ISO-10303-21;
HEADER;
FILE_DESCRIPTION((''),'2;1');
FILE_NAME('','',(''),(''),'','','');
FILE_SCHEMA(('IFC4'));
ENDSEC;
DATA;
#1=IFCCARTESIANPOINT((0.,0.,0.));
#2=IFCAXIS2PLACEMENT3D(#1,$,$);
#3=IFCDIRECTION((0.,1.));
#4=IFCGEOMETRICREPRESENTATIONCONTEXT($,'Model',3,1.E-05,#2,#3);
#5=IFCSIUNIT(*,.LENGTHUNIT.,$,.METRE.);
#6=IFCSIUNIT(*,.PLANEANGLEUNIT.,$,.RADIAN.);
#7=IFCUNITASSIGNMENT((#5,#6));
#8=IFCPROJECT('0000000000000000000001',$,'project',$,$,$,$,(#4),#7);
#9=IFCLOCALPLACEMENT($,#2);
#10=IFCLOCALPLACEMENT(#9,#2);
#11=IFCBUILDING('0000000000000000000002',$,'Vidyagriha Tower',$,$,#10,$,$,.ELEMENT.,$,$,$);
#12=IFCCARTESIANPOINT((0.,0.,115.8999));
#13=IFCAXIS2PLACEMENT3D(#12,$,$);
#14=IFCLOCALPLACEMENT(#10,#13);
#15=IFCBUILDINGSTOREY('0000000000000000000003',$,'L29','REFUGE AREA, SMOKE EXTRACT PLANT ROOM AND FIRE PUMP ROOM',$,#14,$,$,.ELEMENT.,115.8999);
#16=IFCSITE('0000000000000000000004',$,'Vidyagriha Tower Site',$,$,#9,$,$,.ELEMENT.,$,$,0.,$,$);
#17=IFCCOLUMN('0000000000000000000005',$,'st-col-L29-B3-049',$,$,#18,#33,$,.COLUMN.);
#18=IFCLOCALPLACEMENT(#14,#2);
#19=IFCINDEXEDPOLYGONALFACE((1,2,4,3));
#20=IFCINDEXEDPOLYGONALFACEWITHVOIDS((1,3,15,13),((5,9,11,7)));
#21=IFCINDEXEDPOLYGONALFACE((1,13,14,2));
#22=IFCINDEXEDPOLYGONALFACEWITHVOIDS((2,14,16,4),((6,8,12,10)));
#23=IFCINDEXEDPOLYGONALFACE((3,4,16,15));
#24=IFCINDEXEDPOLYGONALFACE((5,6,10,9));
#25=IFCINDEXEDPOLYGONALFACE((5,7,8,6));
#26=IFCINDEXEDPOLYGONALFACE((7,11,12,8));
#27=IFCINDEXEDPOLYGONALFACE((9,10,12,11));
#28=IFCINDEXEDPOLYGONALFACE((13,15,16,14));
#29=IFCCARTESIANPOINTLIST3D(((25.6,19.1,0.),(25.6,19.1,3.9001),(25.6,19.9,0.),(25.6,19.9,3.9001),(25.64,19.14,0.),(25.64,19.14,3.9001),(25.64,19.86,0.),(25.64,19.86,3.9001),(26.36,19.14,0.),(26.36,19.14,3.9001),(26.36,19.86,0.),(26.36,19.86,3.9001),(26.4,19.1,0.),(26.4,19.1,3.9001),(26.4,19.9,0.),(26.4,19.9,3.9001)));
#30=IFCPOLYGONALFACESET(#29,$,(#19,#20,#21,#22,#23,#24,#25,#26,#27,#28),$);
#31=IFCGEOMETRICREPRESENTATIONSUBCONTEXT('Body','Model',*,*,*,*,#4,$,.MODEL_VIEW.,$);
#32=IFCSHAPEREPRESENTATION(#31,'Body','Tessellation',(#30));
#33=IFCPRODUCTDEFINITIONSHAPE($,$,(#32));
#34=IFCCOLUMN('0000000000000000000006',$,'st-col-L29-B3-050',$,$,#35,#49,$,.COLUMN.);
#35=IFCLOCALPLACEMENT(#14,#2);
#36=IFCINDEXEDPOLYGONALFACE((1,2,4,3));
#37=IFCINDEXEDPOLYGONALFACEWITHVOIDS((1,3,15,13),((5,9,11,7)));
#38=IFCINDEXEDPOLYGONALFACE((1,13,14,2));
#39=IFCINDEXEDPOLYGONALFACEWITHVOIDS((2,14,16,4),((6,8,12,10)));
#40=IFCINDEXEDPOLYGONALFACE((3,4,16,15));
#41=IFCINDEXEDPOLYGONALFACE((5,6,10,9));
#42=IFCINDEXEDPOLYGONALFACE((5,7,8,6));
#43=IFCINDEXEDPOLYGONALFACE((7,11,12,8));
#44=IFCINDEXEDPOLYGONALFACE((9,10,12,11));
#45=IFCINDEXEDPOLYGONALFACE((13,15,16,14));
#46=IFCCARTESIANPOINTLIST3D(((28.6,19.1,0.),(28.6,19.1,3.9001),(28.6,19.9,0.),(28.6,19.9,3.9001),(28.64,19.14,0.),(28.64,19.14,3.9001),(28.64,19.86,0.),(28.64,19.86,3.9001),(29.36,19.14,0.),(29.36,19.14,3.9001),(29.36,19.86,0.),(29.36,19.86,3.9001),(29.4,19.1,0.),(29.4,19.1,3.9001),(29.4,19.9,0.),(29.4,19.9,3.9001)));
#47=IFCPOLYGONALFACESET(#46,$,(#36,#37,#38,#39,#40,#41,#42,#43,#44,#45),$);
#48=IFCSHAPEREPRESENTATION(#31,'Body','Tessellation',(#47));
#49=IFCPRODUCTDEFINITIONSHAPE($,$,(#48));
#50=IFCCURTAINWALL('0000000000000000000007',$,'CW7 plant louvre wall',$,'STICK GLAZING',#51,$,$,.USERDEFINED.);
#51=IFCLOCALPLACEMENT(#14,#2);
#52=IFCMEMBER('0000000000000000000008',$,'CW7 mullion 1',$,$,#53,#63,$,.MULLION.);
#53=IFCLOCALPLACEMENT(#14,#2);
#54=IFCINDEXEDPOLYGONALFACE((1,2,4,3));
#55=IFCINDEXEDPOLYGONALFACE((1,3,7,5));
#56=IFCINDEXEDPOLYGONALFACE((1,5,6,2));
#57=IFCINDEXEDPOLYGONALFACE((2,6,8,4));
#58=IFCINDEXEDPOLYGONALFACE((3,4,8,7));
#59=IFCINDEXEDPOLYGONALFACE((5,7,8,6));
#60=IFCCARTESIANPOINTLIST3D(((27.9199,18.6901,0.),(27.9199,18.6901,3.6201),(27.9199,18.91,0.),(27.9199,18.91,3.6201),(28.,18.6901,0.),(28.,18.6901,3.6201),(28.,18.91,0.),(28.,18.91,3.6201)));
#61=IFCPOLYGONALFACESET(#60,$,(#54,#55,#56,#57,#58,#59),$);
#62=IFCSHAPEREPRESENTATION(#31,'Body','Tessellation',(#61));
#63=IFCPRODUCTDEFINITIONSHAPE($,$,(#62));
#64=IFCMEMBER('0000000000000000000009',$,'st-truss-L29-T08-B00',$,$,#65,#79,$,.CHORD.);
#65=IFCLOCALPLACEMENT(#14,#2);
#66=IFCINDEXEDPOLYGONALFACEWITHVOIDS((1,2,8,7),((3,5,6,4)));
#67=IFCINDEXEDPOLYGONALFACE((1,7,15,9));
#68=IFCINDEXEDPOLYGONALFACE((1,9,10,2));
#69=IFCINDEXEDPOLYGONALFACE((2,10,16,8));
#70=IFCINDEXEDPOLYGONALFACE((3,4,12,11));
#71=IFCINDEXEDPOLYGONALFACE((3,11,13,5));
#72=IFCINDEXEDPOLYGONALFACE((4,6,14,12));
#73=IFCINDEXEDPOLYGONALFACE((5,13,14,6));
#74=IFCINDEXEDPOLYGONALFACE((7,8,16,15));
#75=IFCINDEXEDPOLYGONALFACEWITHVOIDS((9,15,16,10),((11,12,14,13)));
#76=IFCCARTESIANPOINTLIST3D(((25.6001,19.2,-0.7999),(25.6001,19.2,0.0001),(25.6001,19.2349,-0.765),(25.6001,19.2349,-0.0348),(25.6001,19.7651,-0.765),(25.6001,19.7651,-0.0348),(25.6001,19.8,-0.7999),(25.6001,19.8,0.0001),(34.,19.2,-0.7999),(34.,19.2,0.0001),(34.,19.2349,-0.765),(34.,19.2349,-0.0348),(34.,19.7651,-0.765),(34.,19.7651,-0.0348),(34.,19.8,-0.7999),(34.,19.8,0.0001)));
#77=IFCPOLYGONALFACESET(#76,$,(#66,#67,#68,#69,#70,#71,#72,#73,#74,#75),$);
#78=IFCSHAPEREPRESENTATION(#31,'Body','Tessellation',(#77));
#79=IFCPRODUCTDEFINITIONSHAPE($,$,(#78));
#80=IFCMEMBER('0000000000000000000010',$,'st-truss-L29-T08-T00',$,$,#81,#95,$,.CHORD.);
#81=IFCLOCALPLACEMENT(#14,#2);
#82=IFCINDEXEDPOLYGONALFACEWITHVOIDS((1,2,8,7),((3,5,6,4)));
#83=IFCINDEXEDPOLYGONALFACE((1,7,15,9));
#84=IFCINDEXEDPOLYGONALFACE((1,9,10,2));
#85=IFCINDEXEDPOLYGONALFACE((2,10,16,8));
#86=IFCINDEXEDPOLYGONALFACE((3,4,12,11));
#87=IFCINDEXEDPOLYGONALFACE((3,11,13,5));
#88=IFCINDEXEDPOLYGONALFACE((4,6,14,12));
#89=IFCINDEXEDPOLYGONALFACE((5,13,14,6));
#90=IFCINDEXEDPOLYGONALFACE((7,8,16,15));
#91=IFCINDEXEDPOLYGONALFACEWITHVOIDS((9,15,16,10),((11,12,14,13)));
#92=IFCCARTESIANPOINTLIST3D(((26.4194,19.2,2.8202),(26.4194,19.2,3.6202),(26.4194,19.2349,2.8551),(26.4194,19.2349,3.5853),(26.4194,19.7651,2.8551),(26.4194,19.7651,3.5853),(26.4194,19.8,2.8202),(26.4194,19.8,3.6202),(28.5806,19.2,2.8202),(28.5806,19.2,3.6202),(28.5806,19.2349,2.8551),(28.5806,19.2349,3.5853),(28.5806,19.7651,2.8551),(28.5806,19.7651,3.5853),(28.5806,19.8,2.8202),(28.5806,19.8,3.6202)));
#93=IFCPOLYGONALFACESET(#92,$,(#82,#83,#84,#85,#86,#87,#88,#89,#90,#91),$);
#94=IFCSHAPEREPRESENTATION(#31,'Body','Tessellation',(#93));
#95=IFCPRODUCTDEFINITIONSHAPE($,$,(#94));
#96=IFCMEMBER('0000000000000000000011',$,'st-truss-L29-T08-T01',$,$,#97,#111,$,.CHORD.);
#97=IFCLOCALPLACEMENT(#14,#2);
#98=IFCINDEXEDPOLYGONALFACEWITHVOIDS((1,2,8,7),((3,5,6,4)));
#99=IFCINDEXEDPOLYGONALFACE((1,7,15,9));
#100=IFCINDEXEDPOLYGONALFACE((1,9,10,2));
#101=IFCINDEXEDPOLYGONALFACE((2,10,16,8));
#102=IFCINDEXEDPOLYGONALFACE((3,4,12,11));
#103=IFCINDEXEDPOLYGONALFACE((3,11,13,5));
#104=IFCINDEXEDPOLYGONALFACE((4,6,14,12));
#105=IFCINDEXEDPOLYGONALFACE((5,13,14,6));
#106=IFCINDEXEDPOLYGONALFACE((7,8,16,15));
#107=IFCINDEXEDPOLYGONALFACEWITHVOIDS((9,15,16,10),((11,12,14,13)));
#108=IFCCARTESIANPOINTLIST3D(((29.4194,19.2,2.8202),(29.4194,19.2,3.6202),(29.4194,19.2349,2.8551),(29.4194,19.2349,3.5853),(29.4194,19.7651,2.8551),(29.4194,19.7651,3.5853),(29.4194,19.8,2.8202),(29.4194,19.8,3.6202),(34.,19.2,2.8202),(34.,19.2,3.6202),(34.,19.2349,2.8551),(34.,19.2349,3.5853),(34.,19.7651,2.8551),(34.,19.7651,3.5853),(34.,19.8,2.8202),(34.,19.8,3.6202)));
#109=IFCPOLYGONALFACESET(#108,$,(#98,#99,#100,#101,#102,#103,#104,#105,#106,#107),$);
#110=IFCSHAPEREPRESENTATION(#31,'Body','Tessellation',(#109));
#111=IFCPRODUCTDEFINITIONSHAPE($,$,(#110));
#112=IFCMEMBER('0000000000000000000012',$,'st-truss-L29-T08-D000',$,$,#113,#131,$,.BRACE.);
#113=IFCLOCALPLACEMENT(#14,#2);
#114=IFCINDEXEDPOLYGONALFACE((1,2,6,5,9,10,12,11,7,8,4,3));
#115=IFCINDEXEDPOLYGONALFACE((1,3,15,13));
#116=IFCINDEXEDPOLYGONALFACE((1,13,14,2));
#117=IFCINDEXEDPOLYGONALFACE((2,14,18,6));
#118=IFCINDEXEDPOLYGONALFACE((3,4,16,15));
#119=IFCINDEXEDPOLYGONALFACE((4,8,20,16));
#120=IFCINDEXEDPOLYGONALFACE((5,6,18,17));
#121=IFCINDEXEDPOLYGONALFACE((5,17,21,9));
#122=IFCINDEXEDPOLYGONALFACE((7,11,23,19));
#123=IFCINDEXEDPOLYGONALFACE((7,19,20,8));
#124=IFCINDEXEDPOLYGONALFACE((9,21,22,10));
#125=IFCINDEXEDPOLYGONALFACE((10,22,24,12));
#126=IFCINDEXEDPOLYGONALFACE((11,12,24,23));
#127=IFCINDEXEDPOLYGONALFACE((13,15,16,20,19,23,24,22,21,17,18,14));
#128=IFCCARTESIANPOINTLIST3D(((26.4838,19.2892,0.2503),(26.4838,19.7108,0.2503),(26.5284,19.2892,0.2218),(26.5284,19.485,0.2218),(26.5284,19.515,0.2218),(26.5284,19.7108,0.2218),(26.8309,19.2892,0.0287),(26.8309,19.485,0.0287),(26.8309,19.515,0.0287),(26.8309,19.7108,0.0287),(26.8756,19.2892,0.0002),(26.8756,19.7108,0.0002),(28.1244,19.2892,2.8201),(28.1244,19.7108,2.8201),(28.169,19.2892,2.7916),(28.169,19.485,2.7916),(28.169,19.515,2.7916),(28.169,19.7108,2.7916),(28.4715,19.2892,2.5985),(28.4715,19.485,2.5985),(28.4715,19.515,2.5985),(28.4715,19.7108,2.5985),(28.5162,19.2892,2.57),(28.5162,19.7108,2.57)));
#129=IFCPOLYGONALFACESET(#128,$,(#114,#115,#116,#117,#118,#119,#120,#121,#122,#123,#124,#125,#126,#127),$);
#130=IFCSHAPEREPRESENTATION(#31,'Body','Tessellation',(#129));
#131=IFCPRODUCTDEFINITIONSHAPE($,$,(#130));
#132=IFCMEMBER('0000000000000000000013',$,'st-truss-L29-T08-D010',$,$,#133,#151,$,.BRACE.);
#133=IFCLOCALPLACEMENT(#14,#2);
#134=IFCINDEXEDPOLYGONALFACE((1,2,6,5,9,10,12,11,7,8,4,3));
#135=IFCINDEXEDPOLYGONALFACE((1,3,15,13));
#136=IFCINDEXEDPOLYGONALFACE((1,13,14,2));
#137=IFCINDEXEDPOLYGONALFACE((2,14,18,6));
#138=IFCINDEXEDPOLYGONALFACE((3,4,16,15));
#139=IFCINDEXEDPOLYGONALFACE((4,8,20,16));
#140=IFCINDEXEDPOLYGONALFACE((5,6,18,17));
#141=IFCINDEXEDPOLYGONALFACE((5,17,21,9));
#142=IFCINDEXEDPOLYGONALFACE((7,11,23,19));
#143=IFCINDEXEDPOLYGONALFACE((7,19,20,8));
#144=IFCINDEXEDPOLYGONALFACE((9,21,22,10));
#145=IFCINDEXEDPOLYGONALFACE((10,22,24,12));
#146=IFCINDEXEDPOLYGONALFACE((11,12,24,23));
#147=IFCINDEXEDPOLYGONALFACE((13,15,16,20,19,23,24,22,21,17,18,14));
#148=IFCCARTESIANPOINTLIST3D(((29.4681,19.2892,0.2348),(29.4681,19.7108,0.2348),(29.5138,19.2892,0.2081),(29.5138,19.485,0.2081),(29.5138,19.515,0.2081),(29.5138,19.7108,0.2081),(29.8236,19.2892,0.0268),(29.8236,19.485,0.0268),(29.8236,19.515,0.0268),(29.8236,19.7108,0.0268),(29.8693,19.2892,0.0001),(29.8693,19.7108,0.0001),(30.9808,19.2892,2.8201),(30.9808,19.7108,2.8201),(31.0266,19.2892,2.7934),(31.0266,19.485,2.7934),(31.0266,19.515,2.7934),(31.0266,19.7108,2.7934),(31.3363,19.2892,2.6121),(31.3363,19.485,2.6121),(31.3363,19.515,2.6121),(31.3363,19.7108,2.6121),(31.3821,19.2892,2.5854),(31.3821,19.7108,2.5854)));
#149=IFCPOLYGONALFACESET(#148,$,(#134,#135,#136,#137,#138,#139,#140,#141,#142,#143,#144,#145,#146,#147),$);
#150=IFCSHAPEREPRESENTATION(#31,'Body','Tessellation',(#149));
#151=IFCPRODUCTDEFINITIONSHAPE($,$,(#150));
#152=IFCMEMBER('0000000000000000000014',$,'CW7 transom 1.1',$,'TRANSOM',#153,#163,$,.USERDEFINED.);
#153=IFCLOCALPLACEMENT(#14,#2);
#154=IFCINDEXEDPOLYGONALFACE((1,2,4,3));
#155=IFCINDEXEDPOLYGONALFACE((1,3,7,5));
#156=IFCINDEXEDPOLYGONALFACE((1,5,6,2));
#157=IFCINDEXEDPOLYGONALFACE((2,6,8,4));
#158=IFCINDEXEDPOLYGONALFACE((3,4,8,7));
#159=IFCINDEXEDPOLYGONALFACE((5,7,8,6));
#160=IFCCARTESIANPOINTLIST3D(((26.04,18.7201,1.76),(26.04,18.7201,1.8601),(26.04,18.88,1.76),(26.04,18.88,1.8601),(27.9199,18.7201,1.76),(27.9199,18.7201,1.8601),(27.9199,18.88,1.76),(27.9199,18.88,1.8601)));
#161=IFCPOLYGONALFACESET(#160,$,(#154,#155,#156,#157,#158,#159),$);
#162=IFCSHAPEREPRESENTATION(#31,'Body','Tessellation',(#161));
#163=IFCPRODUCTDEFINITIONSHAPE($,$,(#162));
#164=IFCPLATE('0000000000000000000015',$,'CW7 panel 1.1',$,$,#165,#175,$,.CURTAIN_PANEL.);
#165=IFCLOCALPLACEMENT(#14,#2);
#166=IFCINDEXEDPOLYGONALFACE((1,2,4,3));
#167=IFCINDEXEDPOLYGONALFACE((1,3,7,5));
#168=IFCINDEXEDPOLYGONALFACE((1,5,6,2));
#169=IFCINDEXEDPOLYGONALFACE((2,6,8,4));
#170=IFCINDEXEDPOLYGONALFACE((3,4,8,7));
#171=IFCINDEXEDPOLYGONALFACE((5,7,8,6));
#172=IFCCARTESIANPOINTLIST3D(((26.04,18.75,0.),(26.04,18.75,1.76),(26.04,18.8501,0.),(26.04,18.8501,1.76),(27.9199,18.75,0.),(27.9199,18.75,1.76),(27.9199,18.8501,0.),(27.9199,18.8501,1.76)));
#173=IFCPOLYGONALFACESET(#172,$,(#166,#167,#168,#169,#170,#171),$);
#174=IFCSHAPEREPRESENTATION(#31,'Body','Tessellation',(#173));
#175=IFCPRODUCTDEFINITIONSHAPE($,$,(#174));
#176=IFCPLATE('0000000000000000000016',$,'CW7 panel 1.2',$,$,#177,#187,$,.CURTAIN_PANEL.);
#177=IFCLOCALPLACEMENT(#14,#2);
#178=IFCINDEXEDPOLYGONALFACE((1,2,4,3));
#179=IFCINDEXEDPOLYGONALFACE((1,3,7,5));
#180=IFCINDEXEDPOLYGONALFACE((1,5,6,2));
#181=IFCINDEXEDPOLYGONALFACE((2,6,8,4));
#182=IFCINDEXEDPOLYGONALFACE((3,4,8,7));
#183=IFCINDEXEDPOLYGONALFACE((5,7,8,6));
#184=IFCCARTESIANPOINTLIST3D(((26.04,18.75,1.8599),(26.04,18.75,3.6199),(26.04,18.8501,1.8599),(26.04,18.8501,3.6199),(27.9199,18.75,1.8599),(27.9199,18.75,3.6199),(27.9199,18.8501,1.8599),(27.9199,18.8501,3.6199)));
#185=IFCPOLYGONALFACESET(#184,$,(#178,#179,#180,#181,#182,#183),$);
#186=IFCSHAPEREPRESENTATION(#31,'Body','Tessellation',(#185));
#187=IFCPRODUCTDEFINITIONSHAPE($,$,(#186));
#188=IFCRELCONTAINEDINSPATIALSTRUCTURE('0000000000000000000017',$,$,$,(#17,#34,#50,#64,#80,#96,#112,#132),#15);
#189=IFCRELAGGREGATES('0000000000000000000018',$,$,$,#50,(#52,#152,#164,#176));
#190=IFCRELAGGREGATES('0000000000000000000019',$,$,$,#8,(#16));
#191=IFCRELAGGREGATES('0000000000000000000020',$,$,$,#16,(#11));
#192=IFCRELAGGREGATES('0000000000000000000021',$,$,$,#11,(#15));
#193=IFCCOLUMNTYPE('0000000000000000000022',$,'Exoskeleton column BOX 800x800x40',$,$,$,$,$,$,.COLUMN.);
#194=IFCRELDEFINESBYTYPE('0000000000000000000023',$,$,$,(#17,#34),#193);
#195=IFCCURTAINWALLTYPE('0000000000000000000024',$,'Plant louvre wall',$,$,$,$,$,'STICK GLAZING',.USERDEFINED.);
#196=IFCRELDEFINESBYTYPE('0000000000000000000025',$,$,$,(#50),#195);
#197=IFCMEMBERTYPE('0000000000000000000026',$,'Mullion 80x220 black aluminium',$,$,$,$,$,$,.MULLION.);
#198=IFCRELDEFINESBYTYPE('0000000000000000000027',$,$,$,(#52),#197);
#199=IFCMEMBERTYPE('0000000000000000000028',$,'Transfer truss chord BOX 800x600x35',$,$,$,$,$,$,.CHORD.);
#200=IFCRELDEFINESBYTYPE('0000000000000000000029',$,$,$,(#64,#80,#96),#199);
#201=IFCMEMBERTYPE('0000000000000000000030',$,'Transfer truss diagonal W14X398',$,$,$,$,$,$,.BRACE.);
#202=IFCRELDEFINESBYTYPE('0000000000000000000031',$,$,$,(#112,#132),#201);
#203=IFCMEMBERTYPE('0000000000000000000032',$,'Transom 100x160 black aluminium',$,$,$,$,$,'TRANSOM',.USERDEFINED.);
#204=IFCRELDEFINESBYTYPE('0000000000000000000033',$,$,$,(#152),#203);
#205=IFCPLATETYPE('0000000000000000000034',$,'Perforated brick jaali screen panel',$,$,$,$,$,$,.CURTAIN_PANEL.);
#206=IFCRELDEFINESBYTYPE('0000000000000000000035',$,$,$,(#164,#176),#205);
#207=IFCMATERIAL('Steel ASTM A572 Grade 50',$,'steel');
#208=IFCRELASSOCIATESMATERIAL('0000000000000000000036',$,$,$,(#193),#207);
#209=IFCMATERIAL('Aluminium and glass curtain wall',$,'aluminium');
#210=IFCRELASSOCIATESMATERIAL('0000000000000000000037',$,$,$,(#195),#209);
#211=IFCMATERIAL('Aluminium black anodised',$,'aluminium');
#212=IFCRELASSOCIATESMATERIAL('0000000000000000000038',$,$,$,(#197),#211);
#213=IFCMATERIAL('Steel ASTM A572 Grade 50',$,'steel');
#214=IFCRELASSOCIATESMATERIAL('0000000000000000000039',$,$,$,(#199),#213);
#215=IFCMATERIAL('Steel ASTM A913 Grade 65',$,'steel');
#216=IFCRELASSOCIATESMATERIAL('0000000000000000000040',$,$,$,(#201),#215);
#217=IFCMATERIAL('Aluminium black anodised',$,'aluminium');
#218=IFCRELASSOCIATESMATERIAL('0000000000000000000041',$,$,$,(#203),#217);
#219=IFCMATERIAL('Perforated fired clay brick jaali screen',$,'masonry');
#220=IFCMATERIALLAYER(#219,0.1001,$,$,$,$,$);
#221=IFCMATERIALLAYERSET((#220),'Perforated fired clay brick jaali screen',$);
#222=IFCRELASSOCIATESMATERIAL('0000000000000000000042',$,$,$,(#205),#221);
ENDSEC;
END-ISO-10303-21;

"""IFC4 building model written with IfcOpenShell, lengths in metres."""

from ifc_helpers import new_model, si_unit, direction, frame, origin, origin_2d, place, context, subcontext, project, spatial, rectangle, hollow_rectangle, i_section, extrude, material, layer, layer_set, material_profile, profile_set, type_object, element, aggregate, save


model = new_model("IFC4")

# Units and contexts
model_context = context("Model", 3, precision=1e-05, world=origin(), true_north=direction((0.0, 1.0)))
body_context = subcontext(model_context, "Body", "Model", "MODEL_VIEW")
ifc_project = project(units=[si_unit("LENGTHUNIT", "METRE"), si_unit("PLANEANGLEUNIT", "RADIAN")], contexts=[model_context])

# Site, building, storey
site_placement = place(None, origin())
site = spatial("IfcSite", under=ifc_project, at=site_placement, Name="Vidyagriha Tower Site", CompositionType="ELEMENT", RefElevation=0.0)
building_placement = place(site_placement, origin())
building = spatial("IfcBuilding", under=site, at=building_placement, Name="Vidyagriha Tower", CompositionType="ELEMENT")
storey_placement = place(building_placement, frame((0.0, 0.0, 115.8999)))
storey = spatial("IfcBuildingStorey", under=building, at=storey_placement, Name="L29", Description="REFUGE AREA, SMOKE EXTRACT PLANT ROOM AND FIRE PUMP ROOM", CompositionType="ELEMENT", Elevation=115.8999)

# Columns
ifc_material_1 = material(Name="Steel ASTM A572 Grade 50", Category="steel")
ifc_material_profile_1 = material_profile(ifc_material_1, hollow_rectangle(XDim=0.8, YDim=0.8, WallThickness=0.04, at=origin_2d()), Name="BOX 800x800x40")
ifc_profile_set_1 = profile_set([ifc_material_profile_1], Name="Steel ASTM A572 Grade 50")
column_type = type_object("IfcColumnType", Name="Exoskeleton column BOX 800x800x40", PredefinedType="COLUMN", material=ifc_profile_set_1)
for number, where, name in (
    (1, (26.0, 19.5, 0.0), "st-col-L29-B3-049"),
    (2, (29.0, 19.5, 0.0), "st-col-L29-B3-050"),
):
    element("IfcColumn", number, at=place(storey_placement, frame(where)), inside=storey, type_object=column_type, Name=name, PredefinedType="COLUMN", context=body_context, shape_type="SweptSolid", body=[
        extrude(hollow_rectangle(XDim=0.8, YDim=0.8, WallThickness=0.04, at=origin_2d()), origin(), (0.0, 0.0, 1.0), 3.9001),
    ])

# Curtain wall, member
ifc_material_2 = material(Name="Aluminium and glass curtain wall", Category="aluminium")
curtain_wall_type = type_object("IfcCurtainWallType", Name="Plant louvre wall", ElementType="STICK GLAZING", PredefinedType="USERDEFINED", material=ifc_material_2)
curtain_wall_placement = place(storey_placement, origin())
curtain_wall = element("IfcCurtainWall", 3, at=curtain_wall_placement, inside=storey, type_object=curtain_wall_type, Name="CW7 plant louvre wall", ObjectType="STICK GLAZING", PredefinedType="USERDEFINED")
ifc_material_3 = material(Name="Aluminium black anodised", Category="aluminium")
ifc_material_profile_2 = material_profile(ifc_material_3, rectangle(XDim=0.22, YDim=0.0801, at=origin_2d()), Name="Mullion 80x220 black aluminium")
ifc_profile_set_2 = profile_set([ifc_material_profile_2], Name="Aluminium black anodised")
member_type_1 = type_object("IfcMemberType", Name="Mullion 80x220 black aluminium", PredefinedType="MULLION", material=ifc_profile_set_2)
member_1_placement = place(storey_placement, frame((27.96, 18.8, 0.0), z_axis=(0.0, 0.0, 1.0), x_axis=(0.0, -1.0, 0.0)))
member_1 = element("IfcMember", 4, at=member_1_placement, type_object=member_type_1, Name="CW7 mullion 1", PredefinedType="MULLION", context=body_context, shape_type="SweptSolid", body=[
    extrude(rectangle(XDim=0.22, YDim=0.0801, at=origin_2d()), origin(), (0.0, 0.0, 1.0), 3.6201),
])

# Members
ifc_material_4 = material(Name="Steel ASTM A572 Grade 50", Category="steel")
ifc_material_profile_3 = material_profile(ifc_material_4, hollow_rectangle(XDim=0.6001, YDim=0.8, WallThickness=0.0349, at=origin_2d()), Name="BOX 800x600x35")
ifc_profile_set_3 = profile_set([ifc_material_profile_3], Name="Steel ASTM A572 Grade 50")
member_type_2 = type_object("IfcMemberType", Name="Transfer truss chord BOX 800x600x35", PredefinedType="CHORD", material=ifc_profile_set_3)
member_2_placement = place(storey_placement, frame((25.6001, 19.5, -0.3999), z_axis=(1.0, 0.0, 0.0), x_axis=(0.0, 1.0, 0.0)))
element("IfcMember", 5, at=member_2_placement, inside=storey, type_object=member_type_2, Name="st-truss-L29-T08-B00", PredefinedType="CHORD", context=body_context, shape_type="SweptSolid", body=[
    extrude(hollow_rectangle(XDim=0.6001, YDim=0.8, WallThickness=0.0349, at=origin_2d()), origin(), (0.0, 0.0, 1.0), 8.3999),
])
member_3_placement = place(storey_placement, frame((26.4194, 19.5, 3.2202), z_axis=(1.0, 0.0, 0.0), x_axis=(0.0, 1.0, 0.0)))
element("IfcMember", 6, at=member_3_placement, inside=storey, type_object=member_type_2, Name="st-truss-L29-T08-T00", PredefinedType="CHORD", context=body_context, shape_type="SweptSolid", body=[
    extrude(hollow_rectangle(XDim=0.6001, YDim=0.8, WallThickness=0.0349, at=origin_2d()), origin(), (0.0, 0.0, 1.0), 2.1611),
])
member_4_placement = place(storey_placement, frame((29.4194, 19.5, 3.2202), z_axis=(1.0, 0.0, 0.0), x_axis=(0.0, 1.0, 0.0)))
element("IfcMember", 7, at=member_4_placement, inside=storey, type_object=member_type_2, Name="st-truss-L29-T08-T01", PredefinedType="CHORD", context=body_context, shape_type="SweptSolid", body=[
    extrude(hollow_rectangle(XDim=0.6001, YDim=0.8, WallThickness=0.0349, at=origin_2d()), origin(), (0.0, 0.0, 1.0), 4.5806),
])
ifc_material_5 = material(Name="Steel ASTM A913 Grade 65", Category="steel")
ifc_material_profile_4 = material_profile(ifc_material_5, i_section(OverallWidth=0.4216, OverallDepth=0.4648, WebThickness=0.03, FlangeThickness=0.053, at=origin_2d()), Name="W14X398")
ifc_profile_set_4 = profile_set([ifc_material_profile_4], Name="Steel ASTM A913 Grade 65")
member_type_3 = type_object("IfcMemberType", Name="Transfer truss diagonal W14X398", PredefinedType="BRACE", material=ifc_profile_set_4)
member_5_placement = place(storey_placement, frame((26.6797, 19.5, 0.1252), z_axis=(0.538108, 0.0, 0.842876), x_axis=(0.0, 1.0, 0.0)))
element("IfcMember", 8, at=member_5_placement, inside=storey, type_object=member_type_3, Name="st-truss-L29-T08-D000", PredefinedType="BRACE", context=body_context, shape_type="SweptSolid", body=[
    extrude(i_section(OverallWidth=0.4216, OverallDepth=0.4648, WebThickness=0.03, FlangeThickness=0.053, at=origin_2d()), origin(), (0.0, 0.0, 1.0), 3.0488),
])
member_6_placement = place(storey_placement, frame((29.6687, 19.5, 0.1174), z_axis=(0.505031, 0.0, 0.863101), x_axis=(0.0, 1.0, 0.0)))
element("IfcMember", 9, at=member_6_placement, inside=storey, type_object=member_type_3, Name="st-truss-L29-T08-D010", PredefinedType="BRACE", context=body_context, shape_type="SweptSolid", body=[
    extrude(i_section(OverallWidth=0.4216, OverallDepth=0.4648, WebThickness=0.03, FlangeThickness=0.053, at=origin_2d()), origin(), (0.0, 0.0, 1.0), 2.9954),
])

# Member
ifc_material_6 = material(Name="Aluminium black anodised", Category="aluminium")
ifc_material_profile_5 = material_profile(ifc_material_6, rectangle(XDim=0.1599, YDim=0.1001, at=origin_2d()), Name="Transom 100x160 black aluminium")
ifc_profile_set_5 = profile_set([ifc_material_profile_5], Name="Aluminium black anodised")
member_type_4 = type_object("IfcMemberType", Name="Transom 100x160 black aluminium", ElementType="TRANSOM", PredefinedType="USERDEFINED", material=ifc_profile_set_5)
member_7_placement = place(storey_placement, frame((27.9199, 18.8, 1.8101), z_axis=(-1.0, 0.0, 0.0), x_axis=(0.0, -1.0, 0.0)))
member_7 = element("IfcMember", 10, at=member_7_placement, type_object=member_type_4, Name="CW7 transom 1.1", ObjectType="TRANSOM", PredefinedType="USERDEFINED", context=body_context, shape_type="SweptSolid", body=[
    extrude(rectangle(XDim=0.1599, YDim=0.1001, at=origin_2d()), origin(), (0.0, 0.0, 1.0), 1.8799),
])

# Plates
ifc_material_7 = material(Name="Perforated fired clay brick jaali screen", Category="masonry")
ifc_layer_1 = layer(ifc_material_7, 0.1001)
ifc_layer_set_1 = layer_set([ifc_layer_1], Name="Perforated fired clay brick jaali screen")
plate_type = type_object("IfcPlateType", Name="Perforated brick jaali screen panel", PredefinedType="CURTAIN_PANEL", material=ifc_layer_set_1)
plate_1_placement = place(storey_placement, frame((26.98, 18.8, 0.0), z_axis=(0.0, 0.0, 1.0), x_axis=(-1.0, 0.0, 0.0)))
plate_1 = element("IfcPlate", 11, at=plate_1_placement, type_object=plate_type, Name="CW7 panel 1.1", PredefinedType="CURTAIN_PANEL", context=body_context, shape_type="SweptSolid", body=[
    extrude(rectangle(XDim=1.8799, YDim=0.1001, at=origin_2d()), origin(), (0.0, 0.0, 1.0), 1.76),
])
plate_2_placement = place(storey_placement, frame((26.98, 18.8, 1.8599), z_axis=(0.0, 0.0, 1.0), x_axis=(-1.0, 0.0, 0.0)))
plate_2 = element("IfcPlate", 12, at=plate_2_placement, type_object=plate_type, Name="CW7 panel 1.2", PredefinedType="CURTAIN_PANEL", context=body_context, shape_type="SweptSolid", body=[
    extrude(rectangle(XDim=1.8799, YDim=0.1001, at=origin_2d()), origin(), (0.0, 0.0, 1.0), 1.76),
])
aggregate(curtain_wall, [member_1, member_7, plate_1, plate_2])

save(model, "model.ifc")
